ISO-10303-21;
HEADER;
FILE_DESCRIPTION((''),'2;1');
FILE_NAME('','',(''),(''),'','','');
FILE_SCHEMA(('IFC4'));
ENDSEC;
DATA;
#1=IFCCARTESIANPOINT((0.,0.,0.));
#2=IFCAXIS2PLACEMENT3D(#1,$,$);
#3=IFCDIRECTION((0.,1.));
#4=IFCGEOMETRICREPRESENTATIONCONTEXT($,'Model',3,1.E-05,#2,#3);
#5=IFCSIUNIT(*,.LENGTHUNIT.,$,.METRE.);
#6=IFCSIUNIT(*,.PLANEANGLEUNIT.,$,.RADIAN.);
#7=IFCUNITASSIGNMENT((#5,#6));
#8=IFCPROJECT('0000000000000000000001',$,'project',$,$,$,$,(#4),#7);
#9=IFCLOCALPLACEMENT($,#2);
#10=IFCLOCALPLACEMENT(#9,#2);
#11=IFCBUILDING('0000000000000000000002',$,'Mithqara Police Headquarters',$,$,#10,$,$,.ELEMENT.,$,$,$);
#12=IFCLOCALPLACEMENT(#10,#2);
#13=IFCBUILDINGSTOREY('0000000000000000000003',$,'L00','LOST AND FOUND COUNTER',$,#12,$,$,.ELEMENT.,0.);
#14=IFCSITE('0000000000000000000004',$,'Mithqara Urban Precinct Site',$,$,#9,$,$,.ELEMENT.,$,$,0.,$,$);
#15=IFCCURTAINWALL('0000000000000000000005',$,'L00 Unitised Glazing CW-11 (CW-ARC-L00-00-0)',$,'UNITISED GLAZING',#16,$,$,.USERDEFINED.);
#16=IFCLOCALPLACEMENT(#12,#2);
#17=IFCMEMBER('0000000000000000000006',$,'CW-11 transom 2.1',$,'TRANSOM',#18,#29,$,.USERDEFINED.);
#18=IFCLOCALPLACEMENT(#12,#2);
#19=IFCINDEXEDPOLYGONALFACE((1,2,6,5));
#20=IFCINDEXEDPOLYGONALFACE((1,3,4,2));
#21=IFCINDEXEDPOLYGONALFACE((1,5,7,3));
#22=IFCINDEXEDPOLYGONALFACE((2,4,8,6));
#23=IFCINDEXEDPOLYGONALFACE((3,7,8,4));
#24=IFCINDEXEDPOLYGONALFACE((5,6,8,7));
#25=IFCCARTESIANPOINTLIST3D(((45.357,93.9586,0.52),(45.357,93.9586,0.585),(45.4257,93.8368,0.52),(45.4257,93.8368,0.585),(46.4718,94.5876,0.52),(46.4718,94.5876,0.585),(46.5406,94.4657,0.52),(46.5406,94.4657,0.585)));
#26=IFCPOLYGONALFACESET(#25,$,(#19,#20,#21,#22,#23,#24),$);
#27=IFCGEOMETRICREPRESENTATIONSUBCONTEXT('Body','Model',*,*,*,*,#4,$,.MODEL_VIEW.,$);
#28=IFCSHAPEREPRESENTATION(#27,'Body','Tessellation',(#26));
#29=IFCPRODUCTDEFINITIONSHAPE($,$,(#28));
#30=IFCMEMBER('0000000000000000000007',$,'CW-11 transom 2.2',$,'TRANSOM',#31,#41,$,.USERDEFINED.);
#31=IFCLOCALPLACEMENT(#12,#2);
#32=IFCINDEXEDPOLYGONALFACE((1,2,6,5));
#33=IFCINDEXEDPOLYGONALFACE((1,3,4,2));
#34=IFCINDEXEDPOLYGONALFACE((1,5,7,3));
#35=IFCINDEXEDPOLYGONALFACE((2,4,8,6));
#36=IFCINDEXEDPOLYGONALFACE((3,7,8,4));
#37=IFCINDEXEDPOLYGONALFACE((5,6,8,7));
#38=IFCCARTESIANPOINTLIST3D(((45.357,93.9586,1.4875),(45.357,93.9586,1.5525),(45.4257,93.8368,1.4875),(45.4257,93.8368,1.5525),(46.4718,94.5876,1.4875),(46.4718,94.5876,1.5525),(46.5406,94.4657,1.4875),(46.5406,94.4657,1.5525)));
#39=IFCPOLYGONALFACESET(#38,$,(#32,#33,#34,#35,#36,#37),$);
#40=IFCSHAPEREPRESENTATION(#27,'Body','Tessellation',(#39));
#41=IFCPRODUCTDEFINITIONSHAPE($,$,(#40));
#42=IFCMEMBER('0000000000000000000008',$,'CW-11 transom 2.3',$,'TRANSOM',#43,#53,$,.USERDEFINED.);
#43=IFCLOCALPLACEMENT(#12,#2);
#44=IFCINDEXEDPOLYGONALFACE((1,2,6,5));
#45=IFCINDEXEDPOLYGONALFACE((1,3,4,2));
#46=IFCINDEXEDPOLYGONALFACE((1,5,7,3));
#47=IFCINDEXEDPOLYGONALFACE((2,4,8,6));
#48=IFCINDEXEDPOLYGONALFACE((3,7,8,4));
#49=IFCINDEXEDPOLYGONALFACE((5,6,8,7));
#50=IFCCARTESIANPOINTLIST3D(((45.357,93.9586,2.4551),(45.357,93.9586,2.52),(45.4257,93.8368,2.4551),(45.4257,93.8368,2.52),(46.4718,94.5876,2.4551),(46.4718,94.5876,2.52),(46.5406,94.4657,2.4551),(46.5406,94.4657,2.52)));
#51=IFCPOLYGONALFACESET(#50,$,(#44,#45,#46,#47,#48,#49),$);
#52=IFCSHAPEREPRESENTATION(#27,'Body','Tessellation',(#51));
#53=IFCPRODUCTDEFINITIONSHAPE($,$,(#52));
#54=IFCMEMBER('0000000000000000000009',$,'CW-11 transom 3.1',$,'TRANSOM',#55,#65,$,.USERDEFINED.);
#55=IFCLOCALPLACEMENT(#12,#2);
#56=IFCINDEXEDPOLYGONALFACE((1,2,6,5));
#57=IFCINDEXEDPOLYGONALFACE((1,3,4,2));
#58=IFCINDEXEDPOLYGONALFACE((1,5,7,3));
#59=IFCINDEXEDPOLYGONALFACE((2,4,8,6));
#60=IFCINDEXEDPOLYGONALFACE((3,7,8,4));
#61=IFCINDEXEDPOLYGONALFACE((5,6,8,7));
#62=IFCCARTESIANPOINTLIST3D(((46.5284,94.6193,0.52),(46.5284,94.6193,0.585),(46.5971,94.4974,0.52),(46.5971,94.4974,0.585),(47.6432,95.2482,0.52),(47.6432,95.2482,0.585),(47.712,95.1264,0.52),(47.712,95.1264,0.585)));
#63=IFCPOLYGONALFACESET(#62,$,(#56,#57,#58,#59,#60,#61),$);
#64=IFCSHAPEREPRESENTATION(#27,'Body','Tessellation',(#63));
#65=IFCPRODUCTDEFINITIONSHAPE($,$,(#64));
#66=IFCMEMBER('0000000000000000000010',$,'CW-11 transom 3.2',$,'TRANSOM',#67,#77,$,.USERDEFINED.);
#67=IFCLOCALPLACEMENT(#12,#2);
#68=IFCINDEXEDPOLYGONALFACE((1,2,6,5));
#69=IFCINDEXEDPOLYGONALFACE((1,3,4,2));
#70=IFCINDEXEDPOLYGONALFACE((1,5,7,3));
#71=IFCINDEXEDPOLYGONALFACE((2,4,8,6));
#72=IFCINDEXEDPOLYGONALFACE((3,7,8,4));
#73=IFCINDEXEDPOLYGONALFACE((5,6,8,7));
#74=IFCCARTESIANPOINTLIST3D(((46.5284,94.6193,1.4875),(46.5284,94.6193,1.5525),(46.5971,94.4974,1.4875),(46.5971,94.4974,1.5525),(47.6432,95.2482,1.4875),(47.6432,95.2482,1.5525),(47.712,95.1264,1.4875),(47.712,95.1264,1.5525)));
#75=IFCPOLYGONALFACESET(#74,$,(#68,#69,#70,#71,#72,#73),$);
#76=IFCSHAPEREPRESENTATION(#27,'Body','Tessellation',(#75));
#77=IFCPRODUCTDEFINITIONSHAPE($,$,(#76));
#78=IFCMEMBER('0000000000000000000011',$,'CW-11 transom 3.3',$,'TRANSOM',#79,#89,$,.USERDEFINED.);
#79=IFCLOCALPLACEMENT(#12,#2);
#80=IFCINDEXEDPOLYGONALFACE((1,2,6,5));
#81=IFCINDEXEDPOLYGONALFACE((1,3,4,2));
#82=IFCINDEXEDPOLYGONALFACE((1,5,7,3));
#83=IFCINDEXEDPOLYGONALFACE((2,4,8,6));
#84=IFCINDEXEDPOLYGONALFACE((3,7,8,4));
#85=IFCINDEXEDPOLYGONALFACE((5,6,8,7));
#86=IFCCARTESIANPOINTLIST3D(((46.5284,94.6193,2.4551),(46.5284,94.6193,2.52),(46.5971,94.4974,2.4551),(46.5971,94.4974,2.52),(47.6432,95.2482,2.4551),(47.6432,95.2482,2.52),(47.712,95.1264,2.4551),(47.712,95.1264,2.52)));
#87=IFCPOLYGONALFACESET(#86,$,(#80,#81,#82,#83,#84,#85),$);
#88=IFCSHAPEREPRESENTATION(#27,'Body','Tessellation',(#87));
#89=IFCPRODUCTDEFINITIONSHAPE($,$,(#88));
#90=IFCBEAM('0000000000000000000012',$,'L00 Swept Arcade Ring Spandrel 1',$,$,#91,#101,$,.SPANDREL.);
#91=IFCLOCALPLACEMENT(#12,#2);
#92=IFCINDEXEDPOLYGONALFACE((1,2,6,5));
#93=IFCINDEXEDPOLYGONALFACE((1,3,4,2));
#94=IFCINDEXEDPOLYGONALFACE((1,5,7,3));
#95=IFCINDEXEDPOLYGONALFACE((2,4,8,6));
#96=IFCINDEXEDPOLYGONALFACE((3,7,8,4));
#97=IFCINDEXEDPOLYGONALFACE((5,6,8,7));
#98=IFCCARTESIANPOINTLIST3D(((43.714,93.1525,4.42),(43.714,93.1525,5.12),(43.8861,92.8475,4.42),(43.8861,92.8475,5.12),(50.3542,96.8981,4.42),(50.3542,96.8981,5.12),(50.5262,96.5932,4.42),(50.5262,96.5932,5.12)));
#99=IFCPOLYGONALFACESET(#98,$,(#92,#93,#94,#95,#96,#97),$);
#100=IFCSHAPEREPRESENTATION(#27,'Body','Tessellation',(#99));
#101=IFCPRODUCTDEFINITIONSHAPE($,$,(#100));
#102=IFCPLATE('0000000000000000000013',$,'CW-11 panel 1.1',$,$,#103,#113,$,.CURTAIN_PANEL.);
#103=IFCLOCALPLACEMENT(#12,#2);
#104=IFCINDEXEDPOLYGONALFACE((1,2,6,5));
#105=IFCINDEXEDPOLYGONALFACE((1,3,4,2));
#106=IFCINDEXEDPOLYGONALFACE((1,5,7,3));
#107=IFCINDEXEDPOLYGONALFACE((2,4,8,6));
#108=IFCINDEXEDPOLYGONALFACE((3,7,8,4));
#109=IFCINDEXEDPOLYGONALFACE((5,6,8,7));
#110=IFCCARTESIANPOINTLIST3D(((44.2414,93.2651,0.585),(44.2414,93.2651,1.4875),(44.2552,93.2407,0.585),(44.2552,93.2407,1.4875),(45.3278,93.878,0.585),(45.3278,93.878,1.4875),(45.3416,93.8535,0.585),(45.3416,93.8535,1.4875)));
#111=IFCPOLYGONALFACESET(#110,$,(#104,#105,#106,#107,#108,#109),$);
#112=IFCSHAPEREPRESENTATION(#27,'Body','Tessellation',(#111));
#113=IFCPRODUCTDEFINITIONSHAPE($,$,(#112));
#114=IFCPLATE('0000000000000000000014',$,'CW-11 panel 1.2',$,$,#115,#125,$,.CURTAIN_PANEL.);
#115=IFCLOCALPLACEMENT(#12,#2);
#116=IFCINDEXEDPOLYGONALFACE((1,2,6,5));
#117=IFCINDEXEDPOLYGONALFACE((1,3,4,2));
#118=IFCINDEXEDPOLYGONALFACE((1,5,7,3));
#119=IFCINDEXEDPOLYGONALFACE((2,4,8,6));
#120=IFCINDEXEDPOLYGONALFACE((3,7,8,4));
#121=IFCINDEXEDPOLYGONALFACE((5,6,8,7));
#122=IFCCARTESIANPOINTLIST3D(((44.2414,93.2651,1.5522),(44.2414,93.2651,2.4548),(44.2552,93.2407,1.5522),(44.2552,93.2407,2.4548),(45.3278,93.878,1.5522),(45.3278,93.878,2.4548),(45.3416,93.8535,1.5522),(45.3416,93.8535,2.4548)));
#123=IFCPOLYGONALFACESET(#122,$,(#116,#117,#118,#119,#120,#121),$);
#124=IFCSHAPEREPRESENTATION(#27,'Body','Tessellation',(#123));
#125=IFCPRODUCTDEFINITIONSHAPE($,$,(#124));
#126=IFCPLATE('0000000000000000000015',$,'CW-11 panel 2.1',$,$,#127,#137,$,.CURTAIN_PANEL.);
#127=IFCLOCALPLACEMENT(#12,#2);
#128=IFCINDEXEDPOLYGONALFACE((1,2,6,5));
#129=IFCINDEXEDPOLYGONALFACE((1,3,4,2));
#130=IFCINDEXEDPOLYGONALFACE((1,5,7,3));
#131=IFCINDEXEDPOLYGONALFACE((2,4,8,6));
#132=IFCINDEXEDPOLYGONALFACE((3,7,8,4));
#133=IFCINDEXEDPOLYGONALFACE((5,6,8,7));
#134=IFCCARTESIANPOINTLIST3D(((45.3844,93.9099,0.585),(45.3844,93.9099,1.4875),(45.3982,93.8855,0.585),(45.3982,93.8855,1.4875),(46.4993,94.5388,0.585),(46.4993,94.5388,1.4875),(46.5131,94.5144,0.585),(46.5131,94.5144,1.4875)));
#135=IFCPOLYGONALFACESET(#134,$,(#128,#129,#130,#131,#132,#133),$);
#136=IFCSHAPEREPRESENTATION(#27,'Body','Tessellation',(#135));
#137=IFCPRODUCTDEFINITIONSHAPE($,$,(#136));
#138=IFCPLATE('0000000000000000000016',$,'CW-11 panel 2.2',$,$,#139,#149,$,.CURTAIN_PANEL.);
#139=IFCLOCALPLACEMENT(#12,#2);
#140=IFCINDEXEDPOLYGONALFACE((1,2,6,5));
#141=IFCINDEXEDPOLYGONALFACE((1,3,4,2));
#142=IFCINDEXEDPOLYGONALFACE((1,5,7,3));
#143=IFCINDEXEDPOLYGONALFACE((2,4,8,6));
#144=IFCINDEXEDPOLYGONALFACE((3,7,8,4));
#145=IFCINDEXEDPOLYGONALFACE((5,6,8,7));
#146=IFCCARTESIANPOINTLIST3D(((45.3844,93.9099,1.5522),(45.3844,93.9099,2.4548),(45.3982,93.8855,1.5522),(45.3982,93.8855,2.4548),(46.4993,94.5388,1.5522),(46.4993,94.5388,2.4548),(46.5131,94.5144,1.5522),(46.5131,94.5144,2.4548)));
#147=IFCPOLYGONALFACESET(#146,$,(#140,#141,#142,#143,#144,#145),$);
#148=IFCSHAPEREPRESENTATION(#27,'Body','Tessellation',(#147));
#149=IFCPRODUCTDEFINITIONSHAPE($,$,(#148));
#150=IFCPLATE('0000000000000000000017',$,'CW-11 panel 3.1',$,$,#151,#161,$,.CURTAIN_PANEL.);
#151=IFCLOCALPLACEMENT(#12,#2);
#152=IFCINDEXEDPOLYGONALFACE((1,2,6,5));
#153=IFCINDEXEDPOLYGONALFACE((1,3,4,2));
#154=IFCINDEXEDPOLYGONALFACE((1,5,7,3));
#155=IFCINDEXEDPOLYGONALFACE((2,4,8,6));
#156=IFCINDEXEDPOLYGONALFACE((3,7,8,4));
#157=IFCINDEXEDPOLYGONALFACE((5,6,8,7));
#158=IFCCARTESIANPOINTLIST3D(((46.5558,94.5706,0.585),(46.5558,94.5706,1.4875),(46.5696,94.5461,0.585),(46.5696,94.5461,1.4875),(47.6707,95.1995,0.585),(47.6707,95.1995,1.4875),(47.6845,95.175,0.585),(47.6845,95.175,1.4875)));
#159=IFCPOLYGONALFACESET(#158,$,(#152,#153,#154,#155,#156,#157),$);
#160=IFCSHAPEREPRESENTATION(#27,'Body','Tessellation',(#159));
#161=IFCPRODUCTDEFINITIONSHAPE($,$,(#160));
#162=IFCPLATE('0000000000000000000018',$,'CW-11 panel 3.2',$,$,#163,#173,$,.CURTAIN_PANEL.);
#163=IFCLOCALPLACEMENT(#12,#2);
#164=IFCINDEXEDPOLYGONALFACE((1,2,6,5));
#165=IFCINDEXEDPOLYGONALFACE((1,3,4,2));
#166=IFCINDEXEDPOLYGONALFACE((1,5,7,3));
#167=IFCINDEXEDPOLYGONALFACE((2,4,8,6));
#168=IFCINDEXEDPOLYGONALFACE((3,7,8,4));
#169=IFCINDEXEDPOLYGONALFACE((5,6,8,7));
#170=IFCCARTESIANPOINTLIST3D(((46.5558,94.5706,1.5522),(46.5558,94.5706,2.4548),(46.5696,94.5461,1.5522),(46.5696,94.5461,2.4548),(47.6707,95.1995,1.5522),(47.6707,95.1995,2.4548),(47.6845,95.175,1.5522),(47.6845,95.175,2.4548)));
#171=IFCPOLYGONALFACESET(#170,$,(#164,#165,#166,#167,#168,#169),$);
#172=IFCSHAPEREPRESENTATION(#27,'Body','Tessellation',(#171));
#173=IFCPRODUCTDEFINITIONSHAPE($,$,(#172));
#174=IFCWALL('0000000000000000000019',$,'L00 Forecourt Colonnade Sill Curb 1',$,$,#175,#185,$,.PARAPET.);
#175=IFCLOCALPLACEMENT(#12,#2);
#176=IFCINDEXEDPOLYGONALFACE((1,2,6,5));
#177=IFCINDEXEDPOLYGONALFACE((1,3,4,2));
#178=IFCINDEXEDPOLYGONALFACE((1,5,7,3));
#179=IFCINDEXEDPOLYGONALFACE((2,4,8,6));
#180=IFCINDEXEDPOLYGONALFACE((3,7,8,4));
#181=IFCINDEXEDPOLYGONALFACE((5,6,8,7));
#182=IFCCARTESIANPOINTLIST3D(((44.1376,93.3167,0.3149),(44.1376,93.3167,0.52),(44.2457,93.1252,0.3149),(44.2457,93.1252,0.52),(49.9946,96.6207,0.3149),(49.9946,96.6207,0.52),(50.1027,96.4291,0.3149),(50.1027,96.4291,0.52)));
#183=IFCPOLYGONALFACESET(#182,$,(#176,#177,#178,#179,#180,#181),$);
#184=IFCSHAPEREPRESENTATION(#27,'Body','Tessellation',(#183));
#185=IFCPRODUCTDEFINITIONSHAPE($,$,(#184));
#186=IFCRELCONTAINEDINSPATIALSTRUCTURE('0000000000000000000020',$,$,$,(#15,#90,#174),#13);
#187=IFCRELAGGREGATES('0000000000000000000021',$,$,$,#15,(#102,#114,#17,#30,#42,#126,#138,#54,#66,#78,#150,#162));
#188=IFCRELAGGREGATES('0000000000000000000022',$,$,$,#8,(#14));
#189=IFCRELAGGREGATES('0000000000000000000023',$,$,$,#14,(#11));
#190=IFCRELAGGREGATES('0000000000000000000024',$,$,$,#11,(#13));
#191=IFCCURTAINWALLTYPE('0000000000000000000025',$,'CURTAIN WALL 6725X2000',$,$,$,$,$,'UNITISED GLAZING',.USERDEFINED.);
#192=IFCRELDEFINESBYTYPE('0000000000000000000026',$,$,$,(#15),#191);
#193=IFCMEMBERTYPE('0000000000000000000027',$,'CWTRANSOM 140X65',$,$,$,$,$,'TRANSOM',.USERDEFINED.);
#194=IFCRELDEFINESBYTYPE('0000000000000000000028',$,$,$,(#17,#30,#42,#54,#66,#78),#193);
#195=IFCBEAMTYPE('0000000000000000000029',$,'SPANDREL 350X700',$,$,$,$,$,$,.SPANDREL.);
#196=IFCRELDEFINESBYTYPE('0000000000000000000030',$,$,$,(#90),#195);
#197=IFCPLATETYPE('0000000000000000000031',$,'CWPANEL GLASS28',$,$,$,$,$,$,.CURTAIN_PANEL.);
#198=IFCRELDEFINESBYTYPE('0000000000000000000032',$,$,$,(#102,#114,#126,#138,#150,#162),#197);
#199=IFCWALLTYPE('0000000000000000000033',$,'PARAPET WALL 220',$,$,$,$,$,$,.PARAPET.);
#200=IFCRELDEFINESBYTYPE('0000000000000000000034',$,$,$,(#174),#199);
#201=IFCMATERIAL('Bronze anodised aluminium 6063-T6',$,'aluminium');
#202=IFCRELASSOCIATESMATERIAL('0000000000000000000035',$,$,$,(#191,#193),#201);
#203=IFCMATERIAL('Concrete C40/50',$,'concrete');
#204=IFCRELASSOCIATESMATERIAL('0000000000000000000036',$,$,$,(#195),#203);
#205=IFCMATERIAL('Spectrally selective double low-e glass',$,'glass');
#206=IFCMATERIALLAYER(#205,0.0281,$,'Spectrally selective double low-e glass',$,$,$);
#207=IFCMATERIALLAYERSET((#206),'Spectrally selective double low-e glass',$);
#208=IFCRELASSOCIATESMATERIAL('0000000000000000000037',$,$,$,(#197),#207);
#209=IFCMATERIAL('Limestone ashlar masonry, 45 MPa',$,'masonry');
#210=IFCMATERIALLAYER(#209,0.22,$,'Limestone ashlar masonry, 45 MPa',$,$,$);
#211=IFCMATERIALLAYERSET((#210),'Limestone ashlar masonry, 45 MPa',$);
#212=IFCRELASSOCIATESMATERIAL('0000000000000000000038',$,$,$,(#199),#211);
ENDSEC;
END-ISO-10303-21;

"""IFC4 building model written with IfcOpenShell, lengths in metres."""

from ifc_helpers import new_model, si_unit, direction, frame, frame_2d, origin, origin_2d, place, context, subcontext, project, spatial, rectangle, extrude, material, layer, layer_set, material_profile, profile_set, type_object, element, aggregate, save


model = new_model("IFC4")

# Units and contexts
model_context = context("Model", 3, precision=1e-05, world=origin(), true_north=direction((0.0, 1.0)))
body_context = subcontext(model_context, "Body", "Model", "MODEL_VIEW")
ifc_project = project(units=[si_unit("LENGTHUNIT", "METRE"), si_unit("PLANEANGLEUNIT", "RADIAN")], contexts=[model_context])

# Site, building, storey
site_placement = place(None, origin())
site = spatial("IfcSite", under=ifc_project, at=site_placement, Name="Mithqara Urban Precinct Site", CompositionType="ELEMENT", RefElevation=0.0)
building_placement = place(site_placement, origin())
building = spatial("IfcBuilding", under=site, at=building_placement, Name="Mithqara Police Headquarters", CompositionType="ELEMENT")
storey_placement = place(building_placement, origin())
storey = spatial("IfcBuildingStorey", under=building, at=storey_placement, Name="L00", Description="LOST AND FOUND COUNTER", CompositionType="ELEMENT", Elevation=0.0)

# Shared definitions
ifc_material_1 = material(Name="Concrete C40/50", Category="concrete")

# Curtain wall, members
ifc_material_2 = material(Name="Bronze anodised aluminium 6063-T6", Category="aluminium")
curtain_wall_type = type_object("IfcCurtainWallType", Name="CURTAIN WALL 6725X2000", ElementType="UNITISED GLAZING", PredefinedType="USERDEFINED", material=ifc_material_2)
curtain_wall_placement = place(storey_placement, origin())
curtain_wall = element("IfcCurtainWall", 1, at=curtain_wall_placement, inside=storey, type_object=curtain_wall_type, Name="L00 Unitised Glazing CW-11 (CW-ARC-L00-00-0)", ObjectType="UNITISED GLAZING", PredefinedType="USERDEFINED")
ifc_material_profile_1 = material_profile(ifc_material_2, rectangle(XDim=0.1399, YDim=0.0649, at=origin_2d()), Name="CWT 140x65")
ifc_profile_set_1 = profile_set([ifc_material_profile_1], Name="Bronze anodised aluminium 6063-T6")
member_type_1 = type_object("IfcMemberType", Name="CWTRANSOM 140X65", ElementType="TRANSOM", PredefinedType="USERDEFINED", material=ifc_profile_set_1)
member_1_placement = place(storey_placement, frame((45.3914, 93.8977, 0.5525), z_axis=(0.870953, 0.491366, 0.0), x_axis=(-0.491366, 0.870953, 0.0)))
member_1 = element("IfcMember", 2, at=member_1_placement, type_object=member_type_1, Name="CW-11 transom 2.1", ObjectType="TRANSOM", PredefinedType="USERDEFINED", context=body_context, shape_type="SweptSolid", body=[
    extrude(rectangle(XDim=0.1399, YDim=0.0649, at=origin_2d()), origin(), (0.0, 0.0, 1.0), 1.28),
])
member_2_placement = place(storey_placement, frame((45.3914, 93.8977, 1.52), z_axis=(0.870953, 0.491366, 0.0), x_axis=(-0.491366, 0.870953, 0.0)))
member_2 = element("IfcMember", 3, at=member_2_placement, type_object=member_type_1, Name="CW-11 transom 2.2", ObjectType="TRANSOM", PredefinedType="USERDEFINED", context=body_context, shape_type="SweptSolid", body=[
    extrude(rectangle(XDim=0.1399, YDim=0.0649, at=origin_2d()), origin(), (0.0, 0.0, 1.0), 1.28),
])
member_3_placement = place(storey_placement, frame((45.3914, 93.8977, 2.4875), z_axis=(0.870953, 0.491366, 0.0), x_axis=(-0.491366, 0.870953, 0.0)))
member_3 = element("IfcMember", 4, at=member_3_placement, type_object=member_type_1, Name="CW-11 transom 2.3", ObjectType="TRANSOM", PredefinedType="USERDEFINED", context=body_context, shape_type="SweptSolid", body=[
    extrude(rectangle(XDim=0.1399, YDim=0.0649, at=origin_2d()), origin(), (0.0, 0.0, 1.0), 1.28),
])
member_4_placement = place(storey_placement, frame((46.5627, 94.5583, 0.5525), z_axis=(0.870953, 0.491366, 0.0), x_axis=(-0.491366, 0.870953, 0.0)))
member_4 = element("IfcMember", 5, at=member_4_placement, type_object=member_type_1, Name="CW-11 transom 3.1", ObjectType="TRANSOM", PredefinedType="USERDEFINED", context=body_context, shape_type="SweptSolid", body=[
    extrude(rectangle(XDim=0.1399, YDim=0.0649, at=origin_2d()), origin(), (0.0, 0.0, 1.0), 1.28),
])
member_5_placement = place(storey_placement, frame((46.5627, 94.5583, 1.52), z_axis=(0.870953, 0.491366, 0.0), x_axis=(-0.491366, 0.870953, 0.0)))
member_5 = element("IfcMember", 6, at=member_5_placement, type_object=member_type_1, Name="CW-11 transom 3.2", ObjectType="TRANSOM", PredefinedType="USERDEFINED", context=body_context, shape_type="SweptSolid", body=[
    extrude(rectangle(XDim=0.1399, YDim=0.0649, at=origin_2d()), origin(), (0.0, 0.0, 1.0), 1.28),
])
member_6_placement = place(storey_placement, frame((46.5627, 94.5583, 2.4875), z_axis=(0.870953, 0.491366, 0.0), x_axis=(-0.491366, 0.870953, 0.0)))
member_6 = element("IfcMember", 7, at=member_6_placement, type_object=member_type_1, Name="CW-11 transom 3.3", ObjectType="TRANSOM", PredefinedType="USERDEFINED", context=body_context, shape_type="SweptSolid", body=[
    extrude(rectangle(XDim=0.1399, YDim=0.0649, at=origin_2d()), origin(), (0.0, 0.0, 1.0), 1.28),
])

# Beam
ifc_material_profile_2 = material_profile(ifc_material_1, rectangle(XDim=0.3501, YDim=0.7, at=origin_2d()), Name="SPB 350x700")
ifc_profile_set_2 = profile_set([ifc_material_profile_2], Name="Concrete C40/50")
beam_type_1 = type_object("IfcBeamType", Name="SPANDREL 350X700", PredefinedType="SPANDREL", material=ifc_profile_set_2)
beam_1_placement = place(storey_placement, frame((43.8, 93.0, 4.77), z_axis=(0.870985, 0.49131, 0.0), x_axis=(-0.49131, 0.870985, 0.0)))
element("IfcBeam", 8, at=beam_1_placement, inside=storey, type_object=beam_type_1, Name="L00 Swept Arcade Ring Spandrel 1", PredefinedType="SPANDREL", context=body_context, shape_type="SweptSolid", body=[
    extrude(rectangle(XDim=0.3501, YDim=0.7, at=origin_2d()), origin(), (0.0, 0.0, 1.0), 7.6238),
])

# Plates
ifc_material_3 = material(Name="Spectrally selective double low-e glass", Category="glass")
ifc_layer_1 = layer(ifc_material_3, 0.0281, Name="Spectrally selective double low-e glass")
ifc_layer_set_1 = layer_set([ifc_layer_1], Name="Spectrally selective double low-e glass")
plate_type = type_object("IfcPlateType", Name="CWPANEL GLASS28", PredefinedType="CURTAIN_PANEL", material=ifc_layer_set_1)
plate_1_placement = place(storey_placement, frame((44.7915, 93.5593, 0.585), z_axis=(0.0, 0.0, 1.0), x_axis=(0.870982, 0.491316, 0.0)))
plate_1 = element("IfcPlate", 9, at=plate_1_placement, type_object=plate_type, Name="CW-11 panel 1.1", PredefinedType="CURTAIN_PANEL", context=body_context, shape_type="SweptSolid", body=[
    extrude(rectangle(XDim=1.2473, YDim=0.0281, at=origin_2d()), origin(), (0.0, 0.0, 1.0), 0.9026),
])
plate_2_placement = place(storey_placement, frame((44.7915, 93.5593, 1.5522), z_axis=(0.0, 0.0, 1.0), x_axis=(0.870982, 0.491316, 0.0)))
plate_2 = element("IfcPlate", 10, at=plate_2_placement, type_object=plate_type, Name="CW-11 panel 1.2", PredefinedType="CURTAIN_PANEL", context=body_context, shape_type="SweptSolid", body=[
    extrude(rectangle(XDim=1.2473, YDim=0.0281, at=origin_2d()), origin(), (0.0, 0.0, 1.0), 0.9026),
])
plate_3_placement = place(storey_placement, frame((45.9487, 94.2122, 0.585), z_axis=(0.0, 0.0, 1.0), x_axis=(0.870982, 0.491316, 0.0)))
plate_3 = element("IfcPlate", 11, at=plate_3_placement, type_object=plate_type, Name="CW-11 panel 2.1", PredefinedType="CURTAIN_PANEL", context=body_context, shape_type="SweptSolid", body=[
    extrude(rectangle(XDim=1.28, YDim=0.0281, at=origin_2d()), origin(), (0.0, 0.0, 1.0), 0.9026),
])
plate_4_placement = place(storey_placement, frame((45.9487, 94.2122, 1.5522), z_axis=(0.0, 0.0, 1.0), x_axis=(0.870982, 0.491316, 0.0)))
plate_4 = element("IfcPlate", 12, at=plate_4_placement, type_object=plate_type, Name="CW-11 panel 2.2", PredefinedType="CURTAIN_PANEL", context=body_context, shape_type="SweptSolid", body=[
    extrude(rectangle(XDim=1.28, YDim=0.0281, at=origin_2d()), origin(), (0.0, 0.0, 1.0), 0.9026),
])
plate_5_placement = place(storey_placement, frame((47.1201, 94.8728, 0.585), z_axis=(0.0, 0.0, 1.0), x_axis=(0.870982, 0.491316, 0.0)))
plate_5 = element("IfcPlate", 13, at=plate_5_placement, type_object=plate_type, Name="CW-11 panel 3.1", PredefinedType="CURTAIN_PANEL", context=body_context, shape_type="SweptSolid", body=[
    extrude(rectangle(XDim=1.28, YDim=0.0281, at=origin_2d()), origin(), (0.0, 0.0, 1.0), 0.9026),
])
plate_6_placement = place(storey_placement, frame((47.1201, 94.8728, 1.5522), z_axis=(0.0, 0.0, 1.0), x_axis=(0.870982, 0.491316, 0.0)))
plate_6 = element("IfcPlate", 14, at=plate_6_placement, type_object=plate_type, Name="CW-11 panel 3.2", PredefinedType="CURTAIN_PANEL", context=body_context, shape_type="SweptSolid", body=[
    extrude(rectangle(XDim=1.28, YDim=0.0281, at=origin_2d()), origin(), (0.0, 0.0, 1.0), 0.9026),
])
aggregate(curtain_wall, [plate_1, plate_2, member_1, member_2, member_3, plate_3, plate_4, member_4, member_5, member_6, plate_5, plate_6])

# Wall
ifc_material_4 = material(Name="Limestone ashlar masonry, 45 MPa", Category="masonry")
ifc_layer_2 = layer(ifc_material_4, 0.22, Name="Limestone ashlar masonry, 45 MPa")
ifc_layer_set_2 = layer_set([ifc_layer_2], Name="Limestone ashlar masonry, 45 MPa")
wall_type = type_object("IfcWallType", Name="PARAPET WALL 220", PredefinedType="PARAPET", material=ifc_layer_set_2)
wall_placement = place(storey_placement, frame((44.1917, 93.2209, 0.3149), z_axis=(0.0, 0.0, 1.0), x_axis=(0.870976, 0.491326, 0.0)))
element("IfcWall", 15, at=wall_placement, inside=storey, type_object=wall_type, Name="L00 Forecourt Colonnade Sill Curb 1", PredefinedType="PARAPET", context=body_context, shape_type="SweptSolid", body=[
    extrude(rectangle(XDim=6.7246, YDim=0.22, at=frame_2d((3.3623, 0.0))), origin(), (0.0, 0.0, 1.0), 0.2051),
])

save(model, "model.ifc")
